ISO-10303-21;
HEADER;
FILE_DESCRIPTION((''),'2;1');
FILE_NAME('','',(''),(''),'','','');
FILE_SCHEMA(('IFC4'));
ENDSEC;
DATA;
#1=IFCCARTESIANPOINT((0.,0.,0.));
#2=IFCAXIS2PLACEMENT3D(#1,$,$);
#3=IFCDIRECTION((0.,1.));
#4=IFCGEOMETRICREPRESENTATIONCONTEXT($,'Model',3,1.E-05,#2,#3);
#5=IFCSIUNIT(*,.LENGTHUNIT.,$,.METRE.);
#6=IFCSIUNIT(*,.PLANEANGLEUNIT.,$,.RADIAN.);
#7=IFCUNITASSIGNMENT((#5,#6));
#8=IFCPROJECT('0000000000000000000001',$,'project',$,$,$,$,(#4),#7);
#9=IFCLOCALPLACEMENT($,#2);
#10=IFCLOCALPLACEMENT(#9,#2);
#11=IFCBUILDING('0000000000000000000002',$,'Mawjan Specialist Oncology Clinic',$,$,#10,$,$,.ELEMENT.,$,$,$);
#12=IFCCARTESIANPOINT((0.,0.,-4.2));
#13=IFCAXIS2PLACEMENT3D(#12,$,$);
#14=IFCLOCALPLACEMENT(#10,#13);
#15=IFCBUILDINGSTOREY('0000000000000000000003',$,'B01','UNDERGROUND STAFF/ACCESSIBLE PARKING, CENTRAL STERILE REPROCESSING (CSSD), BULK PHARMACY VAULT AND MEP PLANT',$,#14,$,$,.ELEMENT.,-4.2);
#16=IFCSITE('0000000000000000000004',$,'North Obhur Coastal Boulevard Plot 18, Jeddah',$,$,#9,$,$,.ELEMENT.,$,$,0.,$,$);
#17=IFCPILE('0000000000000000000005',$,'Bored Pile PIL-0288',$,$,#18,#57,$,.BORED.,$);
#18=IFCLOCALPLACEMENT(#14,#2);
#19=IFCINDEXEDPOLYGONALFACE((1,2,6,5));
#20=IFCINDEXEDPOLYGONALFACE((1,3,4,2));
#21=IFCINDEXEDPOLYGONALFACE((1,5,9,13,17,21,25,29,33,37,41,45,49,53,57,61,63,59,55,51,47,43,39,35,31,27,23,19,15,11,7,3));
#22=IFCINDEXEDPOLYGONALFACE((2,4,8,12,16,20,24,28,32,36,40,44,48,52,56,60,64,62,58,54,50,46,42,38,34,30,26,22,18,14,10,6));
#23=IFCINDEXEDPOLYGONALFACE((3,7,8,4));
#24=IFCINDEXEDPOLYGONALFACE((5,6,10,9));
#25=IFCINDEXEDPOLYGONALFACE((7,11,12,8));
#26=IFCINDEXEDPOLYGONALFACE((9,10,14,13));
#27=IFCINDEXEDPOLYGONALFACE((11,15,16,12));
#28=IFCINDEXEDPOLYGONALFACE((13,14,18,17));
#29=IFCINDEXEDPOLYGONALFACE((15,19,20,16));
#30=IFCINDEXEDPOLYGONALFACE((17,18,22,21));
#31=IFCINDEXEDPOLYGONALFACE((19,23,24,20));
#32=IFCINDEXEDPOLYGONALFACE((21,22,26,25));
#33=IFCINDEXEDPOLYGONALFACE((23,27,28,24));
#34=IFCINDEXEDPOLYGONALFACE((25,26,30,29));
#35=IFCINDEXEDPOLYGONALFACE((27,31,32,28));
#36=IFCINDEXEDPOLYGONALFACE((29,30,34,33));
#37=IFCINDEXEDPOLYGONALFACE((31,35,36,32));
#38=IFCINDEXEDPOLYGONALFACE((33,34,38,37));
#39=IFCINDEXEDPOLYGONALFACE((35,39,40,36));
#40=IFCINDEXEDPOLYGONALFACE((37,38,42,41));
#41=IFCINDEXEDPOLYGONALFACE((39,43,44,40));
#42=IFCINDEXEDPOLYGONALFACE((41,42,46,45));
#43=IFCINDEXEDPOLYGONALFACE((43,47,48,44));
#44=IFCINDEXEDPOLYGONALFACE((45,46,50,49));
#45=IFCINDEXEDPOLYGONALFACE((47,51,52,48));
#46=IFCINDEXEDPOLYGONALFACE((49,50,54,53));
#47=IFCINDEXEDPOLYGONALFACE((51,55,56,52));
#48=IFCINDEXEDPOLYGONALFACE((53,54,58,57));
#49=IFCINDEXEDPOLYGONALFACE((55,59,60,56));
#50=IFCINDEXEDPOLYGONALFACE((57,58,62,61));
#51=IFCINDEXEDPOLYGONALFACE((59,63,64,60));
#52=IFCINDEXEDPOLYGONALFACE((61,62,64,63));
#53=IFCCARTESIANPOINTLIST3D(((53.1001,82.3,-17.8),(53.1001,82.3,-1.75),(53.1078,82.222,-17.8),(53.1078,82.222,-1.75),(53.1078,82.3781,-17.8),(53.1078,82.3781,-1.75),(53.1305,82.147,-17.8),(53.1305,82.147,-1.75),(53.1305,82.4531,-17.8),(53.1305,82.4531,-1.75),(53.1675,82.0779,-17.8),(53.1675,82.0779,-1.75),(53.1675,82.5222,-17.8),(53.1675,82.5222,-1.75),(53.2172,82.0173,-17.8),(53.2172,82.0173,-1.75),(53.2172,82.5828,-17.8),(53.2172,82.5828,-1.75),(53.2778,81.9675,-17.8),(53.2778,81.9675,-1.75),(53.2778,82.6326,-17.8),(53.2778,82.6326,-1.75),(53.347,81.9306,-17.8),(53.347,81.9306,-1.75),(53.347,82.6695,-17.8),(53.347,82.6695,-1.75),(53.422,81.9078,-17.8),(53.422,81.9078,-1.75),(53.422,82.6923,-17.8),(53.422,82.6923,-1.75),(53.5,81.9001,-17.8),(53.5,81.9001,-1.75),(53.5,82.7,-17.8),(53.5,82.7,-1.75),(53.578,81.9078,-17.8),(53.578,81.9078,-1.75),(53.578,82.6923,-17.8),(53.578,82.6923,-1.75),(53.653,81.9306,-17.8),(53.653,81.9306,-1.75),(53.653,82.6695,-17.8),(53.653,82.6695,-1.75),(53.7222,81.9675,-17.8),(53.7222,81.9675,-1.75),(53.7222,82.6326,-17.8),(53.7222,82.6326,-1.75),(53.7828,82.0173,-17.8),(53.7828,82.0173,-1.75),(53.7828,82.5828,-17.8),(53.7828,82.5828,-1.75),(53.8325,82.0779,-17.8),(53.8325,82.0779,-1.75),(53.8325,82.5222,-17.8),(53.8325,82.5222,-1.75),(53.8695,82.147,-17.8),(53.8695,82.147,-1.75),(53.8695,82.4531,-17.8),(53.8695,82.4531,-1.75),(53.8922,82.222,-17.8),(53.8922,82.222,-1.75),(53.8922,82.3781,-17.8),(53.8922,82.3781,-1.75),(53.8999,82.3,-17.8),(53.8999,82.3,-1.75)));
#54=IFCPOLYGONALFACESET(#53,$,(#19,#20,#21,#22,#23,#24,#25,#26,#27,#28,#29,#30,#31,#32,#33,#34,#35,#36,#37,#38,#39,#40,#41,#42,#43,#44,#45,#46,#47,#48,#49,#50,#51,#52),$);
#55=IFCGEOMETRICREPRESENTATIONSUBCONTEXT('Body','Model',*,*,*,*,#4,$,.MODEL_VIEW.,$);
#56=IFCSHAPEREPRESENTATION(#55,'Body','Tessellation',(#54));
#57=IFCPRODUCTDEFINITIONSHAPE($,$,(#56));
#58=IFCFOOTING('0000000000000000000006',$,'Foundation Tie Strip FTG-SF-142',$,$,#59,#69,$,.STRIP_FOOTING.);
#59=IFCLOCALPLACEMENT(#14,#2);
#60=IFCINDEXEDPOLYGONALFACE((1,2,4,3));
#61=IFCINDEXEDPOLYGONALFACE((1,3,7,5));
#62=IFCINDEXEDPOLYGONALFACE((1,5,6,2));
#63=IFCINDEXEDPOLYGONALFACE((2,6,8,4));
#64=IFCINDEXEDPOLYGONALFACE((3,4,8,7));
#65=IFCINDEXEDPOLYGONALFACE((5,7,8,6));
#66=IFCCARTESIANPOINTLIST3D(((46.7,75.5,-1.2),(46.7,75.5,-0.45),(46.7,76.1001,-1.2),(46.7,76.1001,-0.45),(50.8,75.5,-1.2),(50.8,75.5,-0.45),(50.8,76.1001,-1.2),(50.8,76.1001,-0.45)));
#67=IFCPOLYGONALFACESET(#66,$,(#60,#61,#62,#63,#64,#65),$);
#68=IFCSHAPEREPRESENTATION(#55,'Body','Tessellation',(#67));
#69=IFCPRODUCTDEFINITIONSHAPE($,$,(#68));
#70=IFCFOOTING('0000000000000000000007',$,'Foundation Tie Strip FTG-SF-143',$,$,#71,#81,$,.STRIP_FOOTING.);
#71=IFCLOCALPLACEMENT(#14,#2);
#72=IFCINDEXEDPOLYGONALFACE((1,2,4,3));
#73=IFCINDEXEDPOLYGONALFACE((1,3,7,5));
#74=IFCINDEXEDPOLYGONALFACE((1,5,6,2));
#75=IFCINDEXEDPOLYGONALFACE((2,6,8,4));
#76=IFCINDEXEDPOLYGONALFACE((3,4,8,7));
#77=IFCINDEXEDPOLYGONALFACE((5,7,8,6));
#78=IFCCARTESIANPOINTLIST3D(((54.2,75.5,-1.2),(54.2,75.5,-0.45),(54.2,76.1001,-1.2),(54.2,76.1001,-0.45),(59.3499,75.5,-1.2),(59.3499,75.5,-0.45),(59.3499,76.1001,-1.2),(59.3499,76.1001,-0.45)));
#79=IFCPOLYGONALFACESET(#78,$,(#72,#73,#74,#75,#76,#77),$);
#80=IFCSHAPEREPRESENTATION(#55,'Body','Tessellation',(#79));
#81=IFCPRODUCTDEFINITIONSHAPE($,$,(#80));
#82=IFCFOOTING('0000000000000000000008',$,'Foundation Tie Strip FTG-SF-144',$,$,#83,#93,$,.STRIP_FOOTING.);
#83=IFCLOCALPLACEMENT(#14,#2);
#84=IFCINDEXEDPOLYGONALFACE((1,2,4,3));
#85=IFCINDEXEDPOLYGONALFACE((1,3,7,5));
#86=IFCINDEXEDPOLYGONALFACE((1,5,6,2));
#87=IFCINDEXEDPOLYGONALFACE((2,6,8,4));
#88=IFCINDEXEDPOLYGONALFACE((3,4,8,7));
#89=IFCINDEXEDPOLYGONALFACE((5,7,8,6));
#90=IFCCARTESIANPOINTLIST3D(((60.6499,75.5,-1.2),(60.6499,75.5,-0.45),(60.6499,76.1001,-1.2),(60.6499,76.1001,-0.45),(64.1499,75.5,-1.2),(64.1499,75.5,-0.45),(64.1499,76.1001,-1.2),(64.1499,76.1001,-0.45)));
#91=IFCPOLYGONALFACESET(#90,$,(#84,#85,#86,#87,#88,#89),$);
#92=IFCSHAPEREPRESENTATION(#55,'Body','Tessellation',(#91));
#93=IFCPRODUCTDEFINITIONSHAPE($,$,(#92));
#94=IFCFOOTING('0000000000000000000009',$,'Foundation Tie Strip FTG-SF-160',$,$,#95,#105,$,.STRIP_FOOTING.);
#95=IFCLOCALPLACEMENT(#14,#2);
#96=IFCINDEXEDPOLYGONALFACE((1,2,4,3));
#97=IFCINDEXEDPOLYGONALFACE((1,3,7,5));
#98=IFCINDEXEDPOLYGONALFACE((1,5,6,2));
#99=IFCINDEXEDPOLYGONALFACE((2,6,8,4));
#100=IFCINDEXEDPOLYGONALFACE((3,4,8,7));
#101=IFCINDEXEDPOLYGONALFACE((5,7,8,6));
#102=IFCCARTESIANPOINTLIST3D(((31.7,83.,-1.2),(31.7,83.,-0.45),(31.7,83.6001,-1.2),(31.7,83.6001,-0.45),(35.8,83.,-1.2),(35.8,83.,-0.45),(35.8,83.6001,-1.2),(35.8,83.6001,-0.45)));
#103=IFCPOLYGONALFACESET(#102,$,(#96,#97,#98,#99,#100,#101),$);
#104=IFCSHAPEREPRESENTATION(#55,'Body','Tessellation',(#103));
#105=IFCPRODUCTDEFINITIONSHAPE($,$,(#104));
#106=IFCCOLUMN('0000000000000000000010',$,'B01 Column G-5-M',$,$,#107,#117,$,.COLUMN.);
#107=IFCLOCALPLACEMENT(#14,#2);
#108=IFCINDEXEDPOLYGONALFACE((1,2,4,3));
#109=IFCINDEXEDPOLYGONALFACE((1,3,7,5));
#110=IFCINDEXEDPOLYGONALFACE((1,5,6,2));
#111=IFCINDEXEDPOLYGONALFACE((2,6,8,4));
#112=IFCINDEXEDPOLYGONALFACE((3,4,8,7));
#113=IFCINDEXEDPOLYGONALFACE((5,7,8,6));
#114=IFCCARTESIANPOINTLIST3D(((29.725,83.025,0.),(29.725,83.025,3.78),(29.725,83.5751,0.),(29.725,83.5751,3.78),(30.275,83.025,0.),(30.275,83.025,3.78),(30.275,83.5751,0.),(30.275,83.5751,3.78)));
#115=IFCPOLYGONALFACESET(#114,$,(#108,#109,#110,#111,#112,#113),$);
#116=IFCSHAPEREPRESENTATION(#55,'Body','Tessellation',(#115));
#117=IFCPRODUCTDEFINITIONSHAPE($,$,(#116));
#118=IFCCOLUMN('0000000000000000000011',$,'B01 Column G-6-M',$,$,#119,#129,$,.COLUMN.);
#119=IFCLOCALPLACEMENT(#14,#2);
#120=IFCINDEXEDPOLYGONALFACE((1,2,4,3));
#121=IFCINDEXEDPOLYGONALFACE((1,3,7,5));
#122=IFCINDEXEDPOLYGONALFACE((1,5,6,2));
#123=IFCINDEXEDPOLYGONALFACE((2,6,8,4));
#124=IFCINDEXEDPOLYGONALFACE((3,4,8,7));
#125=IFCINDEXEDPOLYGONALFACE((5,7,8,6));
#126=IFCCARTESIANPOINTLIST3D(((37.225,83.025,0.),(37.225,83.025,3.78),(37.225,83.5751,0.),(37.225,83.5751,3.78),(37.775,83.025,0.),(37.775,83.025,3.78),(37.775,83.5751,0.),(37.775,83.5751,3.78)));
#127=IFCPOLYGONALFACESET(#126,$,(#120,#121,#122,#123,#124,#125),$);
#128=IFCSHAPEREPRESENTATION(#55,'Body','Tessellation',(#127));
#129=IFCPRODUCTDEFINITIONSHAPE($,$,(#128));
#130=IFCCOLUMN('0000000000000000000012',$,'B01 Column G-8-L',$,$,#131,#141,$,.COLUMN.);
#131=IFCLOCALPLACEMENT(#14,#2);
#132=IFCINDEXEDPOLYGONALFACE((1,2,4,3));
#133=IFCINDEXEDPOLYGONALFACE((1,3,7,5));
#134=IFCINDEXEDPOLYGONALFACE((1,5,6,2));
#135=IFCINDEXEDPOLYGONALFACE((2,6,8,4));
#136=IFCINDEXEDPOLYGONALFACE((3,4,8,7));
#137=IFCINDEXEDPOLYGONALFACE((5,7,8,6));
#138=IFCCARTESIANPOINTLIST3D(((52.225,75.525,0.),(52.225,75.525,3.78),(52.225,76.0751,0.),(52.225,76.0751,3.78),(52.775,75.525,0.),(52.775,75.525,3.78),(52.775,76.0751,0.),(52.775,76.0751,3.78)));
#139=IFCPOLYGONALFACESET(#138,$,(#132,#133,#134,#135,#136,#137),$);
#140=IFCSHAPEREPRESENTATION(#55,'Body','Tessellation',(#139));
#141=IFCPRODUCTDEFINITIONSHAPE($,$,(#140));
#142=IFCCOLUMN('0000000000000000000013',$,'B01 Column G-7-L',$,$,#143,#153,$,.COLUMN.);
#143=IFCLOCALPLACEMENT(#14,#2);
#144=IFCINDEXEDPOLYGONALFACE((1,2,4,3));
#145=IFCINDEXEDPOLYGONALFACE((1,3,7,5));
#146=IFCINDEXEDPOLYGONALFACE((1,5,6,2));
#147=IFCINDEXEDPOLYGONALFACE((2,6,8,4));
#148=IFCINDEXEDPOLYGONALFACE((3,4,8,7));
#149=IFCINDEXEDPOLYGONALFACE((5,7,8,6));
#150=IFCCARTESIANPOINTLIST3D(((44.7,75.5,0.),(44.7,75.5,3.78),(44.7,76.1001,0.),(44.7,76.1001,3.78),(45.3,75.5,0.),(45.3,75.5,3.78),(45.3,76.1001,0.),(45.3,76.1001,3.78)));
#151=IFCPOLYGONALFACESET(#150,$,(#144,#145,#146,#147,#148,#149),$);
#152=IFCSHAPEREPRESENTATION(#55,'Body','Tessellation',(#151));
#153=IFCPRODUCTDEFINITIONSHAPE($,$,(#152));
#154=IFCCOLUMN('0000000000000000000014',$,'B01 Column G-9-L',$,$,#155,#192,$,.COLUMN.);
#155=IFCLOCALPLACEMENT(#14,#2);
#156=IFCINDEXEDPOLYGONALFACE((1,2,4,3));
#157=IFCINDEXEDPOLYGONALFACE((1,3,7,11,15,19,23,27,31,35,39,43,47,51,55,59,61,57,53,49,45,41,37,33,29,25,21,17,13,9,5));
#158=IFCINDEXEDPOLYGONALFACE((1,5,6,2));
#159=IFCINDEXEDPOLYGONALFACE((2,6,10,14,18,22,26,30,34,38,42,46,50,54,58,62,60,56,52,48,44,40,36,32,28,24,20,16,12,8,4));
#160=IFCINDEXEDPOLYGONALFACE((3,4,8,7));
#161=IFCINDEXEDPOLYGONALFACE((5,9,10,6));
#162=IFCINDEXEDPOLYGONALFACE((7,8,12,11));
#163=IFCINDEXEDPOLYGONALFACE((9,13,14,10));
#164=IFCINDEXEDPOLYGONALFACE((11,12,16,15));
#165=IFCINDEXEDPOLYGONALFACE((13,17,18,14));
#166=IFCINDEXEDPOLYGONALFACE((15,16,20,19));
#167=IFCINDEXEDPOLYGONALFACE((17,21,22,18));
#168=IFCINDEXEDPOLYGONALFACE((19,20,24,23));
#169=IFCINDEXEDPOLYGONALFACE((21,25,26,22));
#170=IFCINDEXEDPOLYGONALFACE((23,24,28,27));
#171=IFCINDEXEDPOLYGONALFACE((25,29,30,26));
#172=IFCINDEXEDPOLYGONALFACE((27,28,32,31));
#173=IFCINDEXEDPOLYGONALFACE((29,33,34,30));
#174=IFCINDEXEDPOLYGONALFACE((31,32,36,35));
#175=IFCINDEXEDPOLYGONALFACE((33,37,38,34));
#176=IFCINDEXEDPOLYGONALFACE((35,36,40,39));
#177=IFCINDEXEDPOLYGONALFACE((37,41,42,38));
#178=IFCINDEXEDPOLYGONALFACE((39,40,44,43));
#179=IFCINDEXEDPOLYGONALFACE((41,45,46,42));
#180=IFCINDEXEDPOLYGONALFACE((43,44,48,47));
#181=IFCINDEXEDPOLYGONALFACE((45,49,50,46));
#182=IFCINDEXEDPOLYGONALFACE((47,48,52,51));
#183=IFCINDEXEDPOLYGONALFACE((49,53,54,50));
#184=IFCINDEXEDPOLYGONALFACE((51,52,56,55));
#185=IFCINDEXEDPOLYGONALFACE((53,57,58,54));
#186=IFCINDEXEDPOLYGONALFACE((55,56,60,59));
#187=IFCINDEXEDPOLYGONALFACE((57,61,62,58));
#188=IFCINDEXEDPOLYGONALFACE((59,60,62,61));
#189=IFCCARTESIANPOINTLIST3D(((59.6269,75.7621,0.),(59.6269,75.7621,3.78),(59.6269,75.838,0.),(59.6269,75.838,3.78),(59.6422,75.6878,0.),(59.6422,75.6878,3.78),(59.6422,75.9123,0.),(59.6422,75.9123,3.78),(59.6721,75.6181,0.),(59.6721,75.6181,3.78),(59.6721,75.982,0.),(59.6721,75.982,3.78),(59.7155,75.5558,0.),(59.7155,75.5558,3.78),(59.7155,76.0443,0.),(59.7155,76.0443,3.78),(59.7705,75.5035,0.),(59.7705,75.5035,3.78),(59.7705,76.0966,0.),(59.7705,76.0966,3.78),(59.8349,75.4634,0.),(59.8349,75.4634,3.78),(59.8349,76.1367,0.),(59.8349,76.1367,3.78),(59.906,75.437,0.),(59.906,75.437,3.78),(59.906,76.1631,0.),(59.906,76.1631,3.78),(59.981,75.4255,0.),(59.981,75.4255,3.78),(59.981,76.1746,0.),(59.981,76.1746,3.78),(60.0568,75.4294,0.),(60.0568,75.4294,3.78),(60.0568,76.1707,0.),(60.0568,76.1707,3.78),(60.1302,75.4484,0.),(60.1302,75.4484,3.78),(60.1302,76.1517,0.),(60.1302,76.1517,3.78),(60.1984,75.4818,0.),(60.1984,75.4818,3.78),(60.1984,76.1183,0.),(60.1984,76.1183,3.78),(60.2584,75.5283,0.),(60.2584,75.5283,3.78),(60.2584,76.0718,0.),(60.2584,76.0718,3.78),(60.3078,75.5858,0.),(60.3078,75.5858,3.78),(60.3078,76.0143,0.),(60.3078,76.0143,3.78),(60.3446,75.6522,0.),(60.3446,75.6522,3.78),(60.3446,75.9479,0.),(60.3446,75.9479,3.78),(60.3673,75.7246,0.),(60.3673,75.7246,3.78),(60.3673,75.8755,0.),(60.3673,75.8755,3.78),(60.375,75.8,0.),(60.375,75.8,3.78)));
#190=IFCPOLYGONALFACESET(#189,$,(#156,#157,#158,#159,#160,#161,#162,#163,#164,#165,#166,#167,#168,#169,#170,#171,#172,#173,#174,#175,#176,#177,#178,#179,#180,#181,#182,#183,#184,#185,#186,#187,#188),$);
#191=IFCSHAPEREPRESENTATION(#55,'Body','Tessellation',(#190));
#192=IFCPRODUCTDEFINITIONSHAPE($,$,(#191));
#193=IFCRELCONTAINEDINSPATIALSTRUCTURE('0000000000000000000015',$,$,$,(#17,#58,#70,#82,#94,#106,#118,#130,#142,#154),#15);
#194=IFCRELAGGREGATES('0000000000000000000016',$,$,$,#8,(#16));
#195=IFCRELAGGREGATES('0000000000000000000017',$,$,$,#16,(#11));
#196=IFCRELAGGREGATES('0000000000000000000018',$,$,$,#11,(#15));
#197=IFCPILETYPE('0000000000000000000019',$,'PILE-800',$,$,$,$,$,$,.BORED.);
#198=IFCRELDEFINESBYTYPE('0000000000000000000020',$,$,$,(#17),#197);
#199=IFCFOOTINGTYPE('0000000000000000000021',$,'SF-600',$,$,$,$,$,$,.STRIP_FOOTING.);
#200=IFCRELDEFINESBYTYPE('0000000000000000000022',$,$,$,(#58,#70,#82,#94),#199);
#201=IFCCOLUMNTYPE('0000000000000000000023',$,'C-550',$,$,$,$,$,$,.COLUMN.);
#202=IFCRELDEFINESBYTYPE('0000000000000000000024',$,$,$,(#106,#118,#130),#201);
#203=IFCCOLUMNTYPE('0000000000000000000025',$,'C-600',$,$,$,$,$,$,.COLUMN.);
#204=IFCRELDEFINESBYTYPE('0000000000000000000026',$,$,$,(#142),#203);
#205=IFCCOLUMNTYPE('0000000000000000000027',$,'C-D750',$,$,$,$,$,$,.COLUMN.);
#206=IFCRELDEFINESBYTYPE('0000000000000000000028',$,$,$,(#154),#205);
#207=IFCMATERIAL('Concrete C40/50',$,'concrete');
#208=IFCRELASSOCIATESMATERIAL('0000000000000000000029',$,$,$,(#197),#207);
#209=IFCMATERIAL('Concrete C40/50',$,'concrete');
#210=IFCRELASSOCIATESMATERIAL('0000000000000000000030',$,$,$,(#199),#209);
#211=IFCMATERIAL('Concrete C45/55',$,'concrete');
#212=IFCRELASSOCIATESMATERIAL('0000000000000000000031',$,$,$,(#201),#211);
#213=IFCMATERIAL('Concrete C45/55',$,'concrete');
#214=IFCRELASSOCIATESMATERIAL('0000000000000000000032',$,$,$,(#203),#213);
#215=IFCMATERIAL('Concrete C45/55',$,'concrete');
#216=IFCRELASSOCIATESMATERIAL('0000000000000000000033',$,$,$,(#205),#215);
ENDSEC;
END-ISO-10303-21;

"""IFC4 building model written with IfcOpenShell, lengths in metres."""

from ifc_helpers import new_model, si_unit, direction, frame, origin, origin_2d, place, context, subcontext, project, spatial, rectangle, circle, extrude, material, material_profile, profile_set, type_object, element, save


model = new_model("IFC4")

# Units and contexts
model_context = context("Model", 3, precision=1e-05, world=origin(), true_north=direction((0.0, 1.0)))
body_context = subcontext(model_context, "Body", "Model", "MODEL_VIEW")
ifc_project = project(units=[si_unit("LENGTHUNIT", "METRE"), si_unit("PLANEANGLEUNIT", "RADIAN")], contexts=[model_context])

# Site, building, storey
site_placement = place(None, origin())
site = spatial("IfcSite", under=ifc_project, at=site_placement, Name="North Obhur Coastal Boulevard Plot 18, Jeddah", CompositionType="ELEMENT", RefElevation=0.0)
building_placement = place(site_placement, origin())
building = spatial("IfcBuilding", under=site, at=building_placement, Name="Mawjan Specialist Oncology Clinic", CompositionType="ELEMENT")
storey_placement = place(building_placement, frame((0.0, 0.0, -4.2)))
storey = spatial("IfcBuildingStorey", under=building, at=storey_placement, Name="B01", Description="UNDERGROUND STAFF/ACCESSIBLE PARKING, CENTRAL STERILE REPROCESSING (CSSD), BULK PHARMACY VAULT AND MEP PLANT", CompositionType="ELEMENT", Elevation=-4.2)

# Pile
ifc_material_1 = material(Name="Concrete C40/50", Category="concrete")
ifc_material_profile_1 = material_profile(ifc_material_1, circle(Radius=0.3999, at=origin_2d()), Name="BORED PILE D800", Category="concrete")
ifc_profile_set_1 = profile_set([ifc_material_profile_1], Name="Concrete C40/50")
pile_type_1 = type_object("IfcPileType", Name="PILE-800", PredefinedType="BORED", material=ifc_profile_set_1)
for number, where, z_axis, x_axis, name in (
    (1, (53.5, 82.3, -1.75), (0.0, 0.0, -1.0), (1.0, 0.0, 0.0), "Bored Pile PIL-0288"),
):
    element("IfcPile", number, at=place(storey_placement, frame(where, z_axis=z_axis, x_axis=x_axis)), inside=storey, type_object=pile_type_1, Name=name, PredefinedType="BORED", context=body_context, shape_type="SweptSolid", body=[
        extrude(circle(Radius=0.3999, at=origin_2d()), origin(), (0.0, 0.0, 1.0), 16.05),
    ])

# Footings
ifc_material_2 = material(Name="Concrete C40/50", Category="concrete")
footing_type_1 = type_object("IfcFootingType", Name="SF-600", PredefinedType="STRIP_FOOTING", material=ifc_material_2)
footing_1_placement = place(storey_placement, frame((48.75, 75.8, -1.2), z_axis=(0.0, 0.0, 1.0), x_axis=(1.0, 0.0, 0.0)))
element("IfcFooting", 2, at=footing_1_placement, inside=storey, type_object=footing_type_1, Name="Foundation Tie Strip FTG-SF-142", PredefinedType="STRIP_FOOTING", context=body_context, shape_type="SweptSolid", body=[
    extrude(rectangle(XDim=4.1001, YDim=0.6001, at=origin_2d()), origin(), (0.0, 0.0, 1.0), 0.75),
])
footing_2_placement = place(storey_placement, frame((56.7749, 75.8, -1.2), z_axis=(0.0, 0.0, 1.0), x_axis=(1.0, 0.0, 0.0)))
element("IfcFooting", 3, at=footing_2_placement, inside=storey, type_object=footing_type_1, Name="Foundation Tie Strip FTG-SF-143", PredefinedType="STRIP_FOOTING", context=body_context, shape_type="SweptSolid", body=[
    extrude(rectangle(XDim=5.1499, YDim=0.6001, at=origin_2d()), origin(), (0.0, 0.0, 1.0), 0.75),
])
footing_3_placement = place(storey_placement, frame((62.3999, 75.8, -1.2), z_axis=(0.0, 0.0, 1.0), x_axis=(1.0, 0.0, 0.0)))
element("IfcFooting", 4, at=footing_3_placement, inside=storey, type_object=footing_type_1, Name="Foundation Tie Strip FTG-SF-144", PredefinedType="STRIP_FOOTING", context=body_context, shape_type="SweptSolid", body=[
    extrude(rectangle(XDim=3.5, YDim=0.6001, at=origin_2d()), origin(), (0.0, 0.0, 1.0), 0.75),
])
footing_4_placement = place(storey_placement, frame((33.75, 83.3, -1.2), z_axis=(0.0, 0.0, 1.0), x_axis=(1.0, 0.0, 0.0)))
element("IfcFooting", 5, at=footing_4_placement, inside=storey, type_object=footing_type_1, Name="Foundation Tie Strip FTG-SF-160", PredefinedType="STRIP_FOOTING", context=body_context, shape_type="SweptSolid", body=[
    extrude(rectangle(XDim=4.1001, YDim=0.6001, at=origin_2d()), origin(), (0.0, 0.0, 1.0), 0.75),
])

# Columns
ifc_material_3 = material(Name="Concrete C45/55", Category="concrete")
ifc_material_profile_2 = material_profile(ifc_material_3, rectangle(XDim=0.55, YDim=0.55, at=origin_2d()), Name="RC COL 550x550", Category="concrete")
ifc_profile_set_2 = profile_set([ifc_material_profile_2], Name="Concrete C45/55")
column_type_1 = type_object("IfcColumnType", Name="C-550", PredefinedType="COLUMN", material=ifc_profile_set_2)
for number, where, z_axis, x_axis, name in (
    (6, (30.0, 83.3, 0.0), (0.0, 0.0, 1.0), (1.0, 0.0, 0.0), "B01 Column G-5-M"),
    (7, (37.5, 83.3, 0.0), (0.0, 0.0, 1.0), (1.0, 0.0, 0.0), "B01 Column G-6-M"),
    (8, (52.5, 75.8, 0.0), (0.0, 0.0, 1.0), (1.0, 0.0, 0.0), "B01 Column G-8-L"),
):
    element("IfcColumn", number, at=place(storey_placement, frame(where, z_axis=z_axis, x_axis=x_axis)), inside=storey, type_object=column_type_1, Name=name, PredefinedType="COLUMN", context=body_context, shape_type="SweptSolid", body=[
        extrude(rectangle(XDim=0.55, YDim=0.55, at=origin_2d()), origin(), (0.0, 0.0, 1.0), 3.78),
    ])
ifc_material_4 = material(Name="Concrete C45/55", Category="concrete")
ifc_material_profile_3 = material_profile(ifc_material_4, rectangle(XDim=0.6001, YDim=0.6001, at=origin_2d()), Name="RC COL 600x600", Category="concrete")
ifc_profile_set_3 = profile_set([ifc_material_profile_3], Name="Concrete C45/55")
column_type_2 = type_object("IfcColumnType", Name="C-600", PredefinedType="COLUMN", material=ifc_profile_set_3)
column_1_placement = place(storey_placement, frame((45.0, 75.8, 0.0), z_axis=(0.0, 0.0, 1.0), x_axis=(1.0, 0.0, 0.0)))
element("IfcColumn", 9, at=column_1_placement, inside=storey, type_object=column_type_2, Name="B01 Column G-7-L", PredefinedType="COLUMN", context=body_context, shape_type="SweptSolid", body=[
    extrude(rectangle(XDim=0.6001, YDim=0.6001, at=origin_2d()), origin(), (0.0, 0.0, 1.0), 3.78),
])
ifc_material_5 = material(Name="Concrete C45/55", Category="concrete")
ifc_material_profile_4 = material_profile(ifc_material_5, circle(Radius=0.375, at=origin_2d()), Name="RC COL D750", Category="concrete")
ifc_profile_set_4 = profile_set([ifc_material_profile_4], Name="Concrete C45/55")
column_type_3 = type_object("IfcColumnType", Name="C-D750", PredefinedType="COLUMN", material=ifc_profile_set_4)
column_2_placement = place(storey_placement, frame((60.0, 75.8, 0.0), z_axis=(0.0, 0.0, 1.0), x_axis=(1.0, 0.0, 0.0)))
element("IfcColumn", 10, at=column_2_placement, inside=storey, type_object=column_type_3, Name="B01 Column G-9-L", PredefinedType="COLUMN", context=body_context, shape_type="SweptSolid", body=[
    extrude(circle(Radius=0.375, at=origin_2d()), origin(), (0.0, 0.0, 1.0), 3.78),
])

save(model, "model.ifc")
